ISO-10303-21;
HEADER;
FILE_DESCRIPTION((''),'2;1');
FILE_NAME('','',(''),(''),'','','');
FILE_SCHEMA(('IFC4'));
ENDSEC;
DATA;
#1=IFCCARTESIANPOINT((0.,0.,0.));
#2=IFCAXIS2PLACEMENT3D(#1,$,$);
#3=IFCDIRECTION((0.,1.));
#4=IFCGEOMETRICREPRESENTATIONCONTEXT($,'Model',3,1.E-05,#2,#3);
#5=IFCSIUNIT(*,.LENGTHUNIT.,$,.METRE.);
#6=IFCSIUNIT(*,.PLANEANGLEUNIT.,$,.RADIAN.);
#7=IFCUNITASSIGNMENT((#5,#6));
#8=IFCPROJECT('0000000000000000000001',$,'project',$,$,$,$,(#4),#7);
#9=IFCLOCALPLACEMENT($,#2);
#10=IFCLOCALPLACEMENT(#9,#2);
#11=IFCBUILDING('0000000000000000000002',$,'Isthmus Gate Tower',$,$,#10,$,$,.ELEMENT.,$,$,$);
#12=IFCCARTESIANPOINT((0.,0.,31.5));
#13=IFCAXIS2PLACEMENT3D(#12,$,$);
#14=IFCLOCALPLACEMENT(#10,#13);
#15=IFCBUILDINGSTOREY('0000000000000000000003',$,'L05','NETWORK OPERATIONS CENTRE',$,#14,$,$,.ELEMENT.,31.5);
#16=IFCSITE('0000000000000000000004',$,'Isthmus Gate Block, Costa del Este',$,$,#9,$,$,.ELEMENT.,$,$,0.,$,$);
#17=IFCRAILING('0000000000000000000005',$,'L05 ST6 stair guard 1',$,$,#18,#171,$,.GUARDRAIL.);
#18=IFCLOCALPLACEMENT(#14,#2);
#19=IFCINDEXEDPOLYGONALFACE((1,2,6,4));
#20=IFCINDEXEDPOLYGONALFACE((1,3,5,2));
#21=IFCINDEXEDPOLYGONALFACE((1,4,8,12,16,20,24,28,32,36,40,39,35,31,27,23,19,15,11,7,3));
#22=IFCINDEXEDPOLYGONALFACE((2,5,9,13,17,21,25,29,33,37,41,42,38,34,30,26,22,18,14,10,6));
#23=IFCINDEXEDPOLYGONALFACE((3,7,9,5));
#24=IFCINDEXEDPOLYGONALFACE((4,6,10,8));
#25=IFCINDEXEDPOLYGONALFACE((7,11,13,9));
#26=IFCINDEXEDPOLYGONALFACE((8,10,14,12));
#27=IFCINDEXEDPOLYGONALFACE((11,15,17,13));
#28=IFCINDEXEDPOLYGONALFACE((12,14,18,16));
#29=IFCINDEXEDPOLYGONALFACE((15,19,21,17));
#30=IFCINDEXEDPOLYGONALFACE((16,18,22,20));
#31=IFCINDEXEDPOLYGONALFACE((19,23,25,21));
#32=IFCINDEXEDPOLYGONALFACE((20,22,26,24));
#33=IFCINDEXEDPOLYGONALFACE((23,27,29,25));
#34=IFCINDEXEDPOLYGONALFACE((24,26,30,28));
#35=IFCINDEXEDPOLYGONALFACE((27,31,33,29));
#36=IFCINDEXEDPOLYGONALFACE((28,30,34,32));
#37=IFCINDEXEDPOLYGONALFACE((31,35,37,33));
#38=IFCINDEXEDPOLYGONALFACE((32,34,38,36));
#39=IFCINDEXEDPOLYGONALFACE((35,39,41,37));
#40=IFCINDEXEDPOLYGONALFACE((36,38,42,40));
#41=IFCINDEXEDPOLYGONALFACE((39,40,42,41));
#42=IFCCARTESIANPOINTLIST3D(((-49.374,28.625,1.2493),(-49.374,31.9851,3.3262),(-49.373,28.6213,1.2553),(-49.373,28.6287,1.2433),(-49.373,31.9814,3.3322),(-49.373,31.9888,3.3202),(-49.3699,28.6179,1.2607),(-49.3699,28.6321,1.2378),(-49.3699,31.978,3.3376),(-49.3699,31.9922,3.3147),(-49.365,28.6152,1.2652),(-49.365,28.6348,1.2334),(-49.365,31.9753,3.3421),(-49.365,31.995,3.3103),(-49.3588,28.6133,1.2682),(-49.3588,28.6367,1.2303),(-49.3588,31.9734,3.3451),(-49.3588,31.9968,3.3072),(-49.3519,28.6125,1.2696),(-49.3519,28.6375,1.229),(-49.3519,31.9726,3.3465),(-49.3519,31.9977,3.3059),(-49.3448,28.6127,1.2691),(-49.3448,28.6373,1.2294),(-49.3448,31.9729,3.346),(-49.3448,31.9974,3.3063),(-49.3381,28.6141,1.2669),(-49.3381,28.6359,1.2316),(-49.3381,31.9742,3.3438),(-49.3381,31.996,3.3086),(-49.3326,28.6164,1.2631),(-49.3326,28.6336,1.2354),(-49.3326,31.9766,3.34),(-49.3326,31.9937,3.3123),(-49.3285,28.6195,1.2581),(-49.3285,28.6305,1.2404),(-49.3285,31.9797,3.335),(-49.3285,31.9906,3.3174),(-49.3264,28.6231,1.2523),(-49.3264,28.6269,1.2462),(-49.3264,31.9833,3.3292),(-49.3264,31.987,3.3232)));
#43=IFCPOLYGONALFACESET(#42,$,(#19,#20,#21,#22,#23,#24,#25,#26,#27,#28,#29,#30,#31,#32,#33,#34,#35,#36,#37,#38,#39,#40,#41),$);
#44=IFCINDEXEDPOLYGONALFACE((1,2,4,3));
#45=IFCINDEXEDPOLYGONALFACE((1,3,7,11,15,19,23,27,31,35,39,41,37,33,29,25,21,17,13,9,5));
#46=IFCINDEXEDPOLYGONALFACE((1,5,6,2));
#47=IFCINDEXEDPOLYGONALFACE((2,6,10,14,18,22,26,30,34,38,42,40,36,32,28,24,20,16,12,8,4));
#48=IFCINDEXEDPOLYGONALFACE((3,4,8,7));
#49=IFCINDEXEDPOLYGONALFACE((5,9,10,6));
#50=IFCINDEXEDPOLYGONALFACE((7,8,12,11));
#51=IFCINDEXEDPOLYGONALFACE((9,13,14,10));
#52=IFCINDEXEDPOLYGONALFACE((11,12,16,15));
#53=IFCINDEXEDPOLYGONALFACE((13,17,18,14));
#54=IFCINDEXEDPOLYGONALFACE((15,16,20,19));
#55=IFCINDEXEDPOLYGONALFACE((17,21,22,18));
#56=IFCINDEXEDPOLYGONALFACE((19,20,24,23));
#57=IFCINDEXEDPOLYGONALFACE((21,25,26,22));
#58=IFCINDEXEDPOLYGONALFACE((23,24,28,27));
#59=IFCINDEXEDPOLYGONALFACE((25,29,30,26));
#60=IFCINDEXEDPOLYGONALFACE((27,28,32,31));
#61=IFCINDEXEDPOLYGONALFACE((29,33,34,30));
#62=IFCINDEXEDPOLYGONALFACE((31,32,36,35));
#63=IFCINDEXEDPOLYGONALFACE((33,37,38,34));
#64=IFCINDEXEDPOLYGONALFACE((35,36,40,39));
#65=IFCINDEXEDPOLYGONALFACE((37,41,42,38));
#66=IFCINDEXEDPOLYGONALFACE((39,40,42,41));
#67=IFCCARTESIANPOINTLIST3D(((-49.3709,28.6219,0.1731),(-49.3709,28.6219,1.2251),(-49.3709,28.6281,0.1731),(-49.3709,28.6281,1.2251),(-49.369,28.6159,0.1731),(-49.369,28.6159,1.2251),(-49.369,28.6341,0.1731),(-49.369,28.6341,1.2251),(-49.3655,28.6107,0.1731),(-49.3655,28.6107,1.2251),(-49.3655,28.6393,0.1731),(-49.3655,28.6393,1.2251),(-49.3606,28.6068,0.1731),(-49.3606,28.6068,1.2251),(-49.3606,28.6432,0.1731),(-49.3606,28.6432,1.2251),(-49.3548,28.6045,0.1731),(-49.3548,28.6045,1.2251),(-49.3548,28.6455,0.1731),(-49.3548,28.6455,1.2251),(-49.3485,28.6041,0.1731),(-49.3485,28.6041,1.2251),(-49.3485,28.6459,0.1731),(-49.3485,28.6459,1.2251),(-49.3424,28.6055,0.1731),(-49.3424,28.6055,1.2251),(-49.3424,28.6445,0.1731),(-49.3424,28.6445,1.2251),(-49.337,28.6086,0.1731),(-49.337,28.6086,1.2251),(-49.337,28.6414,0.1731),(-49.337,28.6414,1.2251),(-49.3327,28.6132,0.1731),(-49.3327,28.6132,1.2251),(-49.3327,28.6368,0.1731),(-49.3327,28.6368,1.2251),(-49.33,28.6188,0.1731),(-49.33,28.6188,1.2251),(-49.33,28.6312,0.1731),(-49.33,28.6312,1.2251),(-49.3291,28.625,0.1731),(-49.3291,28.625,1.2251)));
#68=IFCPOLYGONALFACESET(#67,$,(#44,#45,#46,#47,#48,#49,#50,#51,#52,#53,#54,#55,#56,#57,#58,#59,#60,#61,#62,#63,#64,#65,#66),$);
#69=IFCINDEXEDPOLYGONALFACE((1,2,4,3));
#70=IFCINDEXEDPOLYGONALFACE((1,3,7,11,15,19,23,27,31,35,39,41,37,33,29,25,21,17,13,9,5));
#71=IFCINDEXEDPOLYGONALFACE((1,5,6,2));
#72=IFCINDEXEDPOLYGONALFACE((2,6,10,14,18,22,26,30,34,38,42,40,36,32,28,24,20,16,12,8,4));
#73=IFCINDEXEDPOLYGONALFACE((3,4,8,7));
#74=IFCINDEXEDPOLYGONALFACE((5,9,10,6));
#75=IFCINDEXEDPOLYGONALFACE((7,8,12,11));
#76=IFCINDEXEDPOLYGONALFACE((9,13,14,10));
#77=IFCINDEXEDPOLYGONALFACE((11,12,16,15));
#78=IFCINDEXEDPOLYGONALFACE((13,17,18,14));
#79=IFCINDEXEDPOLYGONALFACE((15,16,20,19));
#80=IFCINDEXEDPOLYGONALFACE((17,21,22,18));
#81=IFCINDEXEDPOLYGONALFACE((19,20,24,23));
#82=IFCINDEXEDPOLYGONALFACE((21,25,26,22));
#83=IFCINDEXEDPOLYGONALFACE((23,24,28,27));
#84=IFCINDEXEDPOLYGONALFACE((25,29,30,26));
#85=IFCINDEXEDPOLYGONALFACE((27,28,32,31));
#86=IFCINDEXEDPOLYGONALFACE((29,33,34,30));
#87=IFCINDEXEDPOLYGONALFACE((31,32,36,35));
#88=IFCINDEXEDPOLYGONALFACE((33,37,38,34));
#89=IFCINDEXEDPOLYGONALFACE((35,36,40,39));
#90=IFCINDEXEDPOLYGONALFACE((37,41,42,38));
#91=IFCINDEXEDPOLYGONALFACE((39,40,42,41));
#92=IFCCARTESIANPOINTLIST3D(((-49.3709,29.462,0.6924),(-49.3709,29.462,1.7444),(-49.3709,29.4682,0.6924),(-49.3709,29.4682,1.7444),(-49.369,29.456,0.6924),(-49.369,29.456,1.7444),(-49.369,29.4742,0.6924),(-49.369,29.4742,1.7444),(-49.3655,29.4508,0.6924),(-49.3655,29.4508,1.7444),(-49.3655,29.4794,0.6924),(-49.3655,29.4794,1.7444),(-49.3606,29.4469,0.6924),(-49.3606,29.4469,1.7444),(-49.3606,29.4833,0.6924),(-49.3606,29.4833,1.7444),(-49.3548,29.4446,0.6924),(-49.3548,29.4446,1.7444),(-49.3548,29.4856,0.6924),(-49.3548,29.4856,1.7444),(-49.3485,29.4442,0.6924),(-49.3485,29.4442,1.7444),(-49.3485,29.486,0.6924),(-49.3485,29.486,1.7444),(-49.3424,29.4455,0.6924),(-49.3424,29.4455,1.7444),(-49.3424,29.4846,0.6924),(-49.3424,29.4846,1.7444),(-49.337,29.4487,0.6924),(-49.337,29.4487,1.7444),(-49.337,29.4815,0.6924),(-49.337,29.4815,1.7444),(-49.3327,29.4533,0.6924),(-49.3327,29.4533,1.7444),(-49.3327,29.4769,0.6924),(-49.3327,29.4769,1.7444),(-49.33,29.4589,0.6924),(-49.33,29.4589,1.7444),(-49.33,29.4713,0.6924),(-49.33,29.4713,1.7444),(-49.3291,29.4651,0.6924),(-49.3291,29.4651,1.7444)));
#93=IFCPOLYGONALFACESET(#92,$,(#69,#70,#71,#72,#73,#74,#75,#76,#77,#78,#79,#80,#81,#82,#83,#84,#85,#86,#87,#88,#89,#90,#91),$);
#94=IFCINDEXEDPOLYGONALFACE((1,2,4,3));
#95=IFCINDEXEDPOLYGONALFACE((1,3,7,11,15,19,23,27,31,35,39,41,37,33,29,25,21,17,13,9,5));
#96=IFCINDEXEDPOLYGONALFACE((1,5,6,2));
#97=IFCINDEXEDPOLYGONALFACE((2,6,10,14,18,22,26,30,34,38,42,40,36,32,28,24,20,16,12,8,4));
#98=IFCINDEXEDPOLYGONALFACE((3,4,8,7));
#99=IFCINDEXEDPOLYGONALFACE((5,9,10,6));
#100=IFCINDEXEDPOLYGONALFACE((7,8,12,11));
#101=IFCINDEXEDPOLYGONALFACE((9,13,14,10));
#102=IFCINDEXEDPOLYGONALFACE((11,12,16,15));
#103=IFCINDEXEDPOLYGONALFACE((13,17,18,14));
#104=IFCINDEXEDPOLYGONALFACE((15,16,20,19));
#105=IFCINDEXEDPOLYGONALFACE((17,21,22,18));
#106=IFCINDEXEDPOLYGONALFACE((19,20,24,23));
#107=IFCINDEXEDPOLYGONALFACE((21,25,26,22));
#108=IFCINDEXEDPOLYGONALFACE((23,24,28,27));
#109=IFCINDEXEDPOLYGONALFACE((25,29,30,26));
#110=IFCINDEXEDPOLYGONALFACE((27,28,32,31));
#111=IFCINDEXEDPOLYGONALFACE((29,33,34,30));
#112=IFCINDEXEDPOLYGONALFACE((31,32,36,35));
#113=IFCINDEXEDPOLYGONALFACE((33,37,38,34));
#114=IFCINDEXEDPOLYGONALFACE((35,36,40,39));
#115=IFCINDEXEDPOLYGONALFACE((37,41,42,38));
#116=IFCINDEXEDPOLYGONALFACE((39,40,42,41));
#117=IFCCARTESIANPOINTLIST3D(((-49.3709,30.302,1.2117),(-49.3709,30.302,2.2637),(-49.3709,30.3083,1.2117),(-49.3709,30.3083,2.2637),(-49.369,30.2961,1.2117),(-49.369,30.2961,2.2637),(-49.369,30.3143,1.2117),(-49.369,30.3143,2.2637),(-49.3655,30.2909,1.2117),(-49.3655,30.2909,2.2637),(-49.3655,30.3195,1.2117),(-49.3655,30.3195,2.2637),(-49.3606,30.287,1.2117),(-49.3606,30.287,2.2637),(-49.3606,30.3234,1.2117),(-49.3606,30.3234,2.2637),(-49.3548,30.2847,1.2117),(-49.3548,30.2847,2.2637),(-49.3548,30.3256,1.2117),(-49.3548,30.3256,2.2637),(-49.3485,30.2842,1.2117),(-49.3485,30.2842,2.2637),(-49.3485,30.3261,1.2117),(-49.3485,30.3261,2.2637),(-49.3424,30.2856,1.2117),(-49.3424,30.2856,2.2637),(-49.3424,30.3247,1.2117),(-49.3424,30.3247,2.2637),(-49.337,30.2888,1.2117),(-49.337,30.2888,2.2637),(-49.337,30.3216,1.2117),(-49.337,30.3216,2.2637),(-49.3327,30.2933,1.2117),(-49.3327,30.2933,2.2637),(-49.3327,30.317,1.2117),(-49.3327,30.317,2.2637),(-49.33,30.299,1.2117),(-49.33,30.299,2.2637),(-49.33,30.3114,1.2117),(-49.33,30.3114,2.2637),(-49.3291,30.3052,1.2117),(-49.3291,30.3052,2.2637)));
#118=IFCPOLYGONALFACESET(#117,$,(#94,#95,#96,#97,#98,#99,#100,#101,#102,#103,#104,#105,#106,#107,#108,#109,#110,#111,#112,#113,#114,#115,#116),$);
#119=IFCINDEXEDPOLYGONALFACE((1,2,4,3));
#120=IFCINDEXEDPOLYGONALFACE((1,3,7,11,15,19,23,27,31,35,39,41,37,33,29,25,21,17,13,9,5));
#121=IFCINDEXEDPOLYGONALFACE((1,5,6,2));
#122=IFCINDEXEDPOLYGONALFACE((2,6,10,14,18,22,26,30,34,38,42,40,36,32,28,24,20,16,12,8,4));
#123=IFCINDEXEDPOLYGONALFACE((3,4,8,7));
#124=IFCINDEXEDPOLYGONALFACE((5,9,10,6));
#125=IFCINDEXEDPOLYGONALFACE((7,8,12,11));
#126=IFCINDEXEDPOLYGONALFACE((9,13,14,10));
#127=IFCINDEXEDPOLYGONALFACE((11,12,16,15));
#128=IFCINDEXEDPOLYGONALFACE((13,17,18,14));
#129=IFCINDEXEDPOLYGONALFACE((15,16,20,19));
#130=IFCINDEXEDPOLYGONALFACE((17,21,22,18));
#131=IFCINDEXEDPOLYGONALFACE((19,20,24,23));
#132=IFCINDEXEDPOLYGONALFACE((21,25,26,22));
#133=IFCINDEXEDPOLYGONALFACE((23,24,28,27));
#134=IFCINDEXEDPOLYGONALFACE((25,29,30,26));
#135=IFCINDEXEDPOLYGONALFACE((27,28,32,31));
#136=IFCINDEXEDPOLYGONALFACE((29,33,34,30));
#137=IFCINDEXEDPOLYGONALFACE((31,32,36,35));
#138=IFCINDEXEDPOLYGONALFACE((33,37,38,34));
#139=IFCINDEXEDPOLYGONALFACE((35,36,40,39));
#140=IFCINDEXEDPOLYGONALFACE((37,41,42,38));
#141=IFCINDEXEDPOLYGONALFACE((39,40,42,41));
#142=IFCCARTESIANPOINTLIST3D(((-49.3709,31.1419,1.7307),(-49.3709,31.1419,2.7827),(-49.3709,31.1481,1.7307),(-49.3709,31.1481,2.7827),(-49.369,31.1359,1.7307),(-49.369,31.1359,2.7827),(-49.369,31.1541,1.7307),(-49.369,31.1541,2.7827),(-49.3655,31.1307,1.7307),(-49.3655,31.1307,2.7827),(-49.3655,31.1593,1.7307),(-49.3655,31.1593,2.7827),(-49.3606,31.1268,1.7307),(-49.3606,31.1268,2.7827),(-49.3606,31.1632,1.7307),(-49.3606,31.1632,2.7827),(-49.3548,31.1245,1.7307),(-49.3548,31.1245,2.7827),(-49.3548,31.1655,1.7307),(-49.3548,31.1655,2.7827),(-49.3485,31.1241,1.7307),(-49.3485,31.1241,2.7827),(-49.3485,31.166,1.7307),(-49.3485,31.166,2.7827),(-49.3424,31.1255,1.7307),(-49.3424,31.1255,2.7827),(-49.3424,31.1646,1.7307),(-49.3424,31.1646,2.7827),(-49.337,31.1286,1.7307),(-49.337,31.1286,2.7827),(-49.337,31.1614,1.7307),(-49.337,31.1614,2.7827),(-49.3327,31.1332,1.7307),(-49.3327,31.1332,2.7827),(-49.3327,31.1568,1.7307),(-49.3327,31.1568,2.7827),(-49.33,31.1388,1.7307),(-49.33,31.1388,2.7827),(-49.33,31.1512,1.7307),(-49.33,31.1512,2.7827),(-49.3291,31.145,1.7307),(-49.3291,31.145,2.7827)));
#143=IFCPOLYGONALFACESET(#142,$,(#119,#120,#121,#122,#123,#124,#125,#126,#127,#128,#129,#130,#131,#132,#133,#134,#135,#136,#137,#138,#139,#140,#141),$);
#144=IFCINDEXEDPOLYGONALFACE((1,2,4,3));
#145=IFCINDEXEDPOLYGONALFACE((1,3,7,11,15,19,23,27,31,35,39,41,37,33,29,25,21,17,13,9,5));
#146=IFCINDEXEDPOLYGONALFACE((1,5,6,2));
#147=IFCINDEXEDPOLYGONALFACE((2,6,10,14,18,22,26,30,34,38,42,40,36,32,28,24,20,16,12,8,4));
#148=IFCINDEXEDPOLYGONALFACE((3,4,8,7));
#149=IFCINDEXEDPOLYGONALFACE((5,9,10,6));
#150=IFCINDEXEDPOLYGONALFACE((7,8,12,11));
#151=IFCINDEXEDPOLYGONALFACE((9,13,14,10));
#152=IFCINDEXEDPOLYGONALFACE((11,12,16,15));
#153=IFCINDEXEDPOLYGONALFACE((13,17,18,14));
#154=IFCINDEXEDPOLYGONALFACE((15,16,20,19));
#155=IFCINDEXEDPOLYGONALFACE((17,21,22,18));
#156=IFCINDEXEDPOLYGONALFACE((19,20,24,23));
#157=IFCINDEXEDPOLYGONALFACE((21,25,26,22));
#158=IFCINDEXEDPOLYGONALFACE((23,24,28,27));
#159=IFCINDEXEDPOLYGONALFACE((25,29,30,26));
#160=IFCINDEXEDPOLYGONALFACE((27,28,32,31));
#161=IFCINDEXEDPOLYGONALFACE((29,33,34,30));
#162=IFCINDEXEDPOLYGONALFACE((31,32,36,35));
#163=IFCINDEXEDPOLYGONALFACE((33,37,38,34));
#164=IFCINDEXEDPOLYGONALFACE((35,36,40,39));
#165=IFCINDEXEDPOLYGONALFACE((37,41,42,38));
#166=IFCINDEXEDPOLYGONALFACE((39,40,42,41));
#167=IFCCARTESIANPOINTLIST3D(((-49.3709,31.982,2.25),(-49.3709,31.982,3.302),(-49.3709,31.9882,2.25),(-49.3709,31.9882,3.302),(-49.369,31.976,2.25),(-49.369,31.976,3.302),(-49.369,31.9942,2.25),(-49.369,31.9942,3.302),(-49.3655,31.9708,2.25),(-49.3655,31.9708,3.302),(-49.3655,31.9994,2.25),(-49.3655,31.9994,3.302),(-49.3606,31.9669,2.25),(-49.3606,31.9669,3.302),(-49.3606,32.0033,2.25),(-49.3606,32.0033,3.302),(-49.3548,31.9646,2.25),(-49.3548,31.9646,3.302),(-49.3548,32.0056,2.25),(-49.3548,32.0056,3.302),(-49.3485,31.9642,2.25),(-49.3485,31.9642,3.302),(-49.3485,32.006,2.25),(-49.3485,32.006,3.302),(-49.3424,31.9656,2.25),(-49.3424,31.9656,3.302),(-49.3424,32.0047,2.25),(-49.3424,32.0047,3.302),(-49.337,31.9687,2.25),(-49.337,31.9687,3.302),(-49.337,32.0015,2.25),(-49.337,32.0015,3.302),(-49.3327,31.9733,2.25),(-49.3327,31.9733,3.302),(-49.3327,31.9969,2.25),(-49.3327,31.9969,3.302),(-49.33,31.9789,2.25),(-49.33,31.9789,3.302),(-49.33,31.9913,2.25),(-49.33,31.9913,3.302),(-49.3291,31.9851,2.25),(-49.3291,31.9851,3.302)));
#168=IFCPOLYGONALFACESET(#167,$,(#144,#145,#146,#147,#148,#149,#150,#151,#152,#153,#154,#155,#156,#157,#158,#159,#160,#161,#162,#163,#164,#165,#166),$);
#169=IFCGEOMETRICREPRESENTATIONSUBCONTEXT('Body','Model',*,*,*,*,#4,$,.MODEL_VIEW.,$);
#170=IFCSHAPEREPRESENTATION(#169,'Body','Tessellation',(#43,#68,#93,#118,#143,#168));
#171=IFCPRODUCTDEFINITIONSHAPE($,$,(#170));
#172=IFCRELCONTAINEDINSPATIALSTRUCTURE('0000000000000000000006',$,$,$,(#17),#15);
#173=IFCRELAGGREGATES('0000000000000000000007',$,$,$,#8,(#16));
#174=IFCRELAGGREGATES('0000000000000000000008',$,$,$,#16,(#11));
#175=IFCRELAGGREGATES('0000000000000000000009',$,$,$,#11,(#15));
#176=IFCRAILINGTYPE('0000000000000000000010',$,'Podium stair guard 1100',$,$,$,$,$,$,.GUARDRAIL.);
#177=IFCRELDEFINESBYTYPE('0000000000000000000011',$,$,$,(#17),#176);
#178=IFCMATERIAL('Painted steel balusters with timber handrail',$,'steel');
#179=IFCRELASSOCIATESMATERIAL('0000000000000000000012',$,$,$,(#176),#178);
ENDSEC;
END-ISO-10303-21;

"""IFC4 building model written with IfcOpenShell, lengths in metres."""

from ifc_helpers import new_model, si_unit, direction, frame, origin, origin_2d, place, context, subcontext, project, spatial, circle, extrude, material, type_object, element, save


model = new_model("IFC4")

# Units and contexts
model_context = context("Model", 3, precision=1e-05, world=origin(), true_north=direction((0.0, 1.0)))
body_context = subcontext(model_context, "Body", "Model", "MODEL_VIEW")
ifc_project = project(units=[si_unit("LENGTHUNIT", "METRE"), si_unit("PLANEANGLEUNIT", "RADIAN")], contexts=[model_context])

# Site, building, storey
site_placement = place(None, origin())
site = spatial("IfcSite", under=ifc_project, at=site_placement, Name="Isthmus Gate Block, Costa del Este", CompositionType="ELEMENT", RefElevation=0.0)
building_placement = place(site_placement, origin())
building = spatial("IfcBuilding", under=site, at=building_placement, Name="Isthmus Gate Tower", CompositionType="ELEMENT")
storey_placement = place(building_placement, frame((0.0, 0.0, 31.5)))
storey = spatial("IfcBuildingStorey", under=building, at=storey_placement, Name="L05", Description="NETWORK OPERATIONS CENTRE", CompositionType="ELEMENT", Elevation=31.5)

# Railing
ifc_material_1 = material(Name="Painted steel balusters with timber handrail", Category="steel")
railing_type_1 = type_object("IfcRailingType", Name="Podium stair guard 1100", PredefinedType="GUARDRAIL", material=ifc_material_1)
railing_1_placement = place(storey_placement, frame((-49.3501, 28.625, 0.1731)))
element("IfcRailing", 1, at=railing_1_placement, inside=storey, type_object=railing_type_1, Name="L05 ST6 stair guard 1", PredefinedType="GUARDRAIL", context=body_context, shape_type="SweptSolid", body=[
    extrude(circle(Radius=0.0239, at=origin_2d()), frame((0.0, 0.0, 1.0762), z_axis=(0.0, 0.850623, 0.525776), x_axis=(-1.0, 0.0, 0.0)), (0.0, 0.0, 1.0), 3.9502),
    extrude(circle(Radius=0.021, at=origin_2d()), origin(), (0.0, 0.0, 1.0), 1.052),
    extrude(circle(Radius=0.021, at=origin_2d()), frame((0.0, 0.8401, 0.5193)), (0.0, 0.0, 1.0), 1.052),
    extrude(circle(Radius=0.021, at=origin_2d()), frame((0.0, 1.6802, 1.0386)), (0.0, 0.0, 1.0), 1.052),
    extrude(circle(Radius=0.021, at=origin_2d()), frame((0.0, 2.52, 1.5576)), (0.0, 0.0, 1.0), 1.052),
    extrude(circle(Radius=0.021, at=origin_2d()), frame((0.0, 3.3601, 2.0769)), (0.0, 0.0, 1.0), 1.052),
])

save(model, "model.ifc")
